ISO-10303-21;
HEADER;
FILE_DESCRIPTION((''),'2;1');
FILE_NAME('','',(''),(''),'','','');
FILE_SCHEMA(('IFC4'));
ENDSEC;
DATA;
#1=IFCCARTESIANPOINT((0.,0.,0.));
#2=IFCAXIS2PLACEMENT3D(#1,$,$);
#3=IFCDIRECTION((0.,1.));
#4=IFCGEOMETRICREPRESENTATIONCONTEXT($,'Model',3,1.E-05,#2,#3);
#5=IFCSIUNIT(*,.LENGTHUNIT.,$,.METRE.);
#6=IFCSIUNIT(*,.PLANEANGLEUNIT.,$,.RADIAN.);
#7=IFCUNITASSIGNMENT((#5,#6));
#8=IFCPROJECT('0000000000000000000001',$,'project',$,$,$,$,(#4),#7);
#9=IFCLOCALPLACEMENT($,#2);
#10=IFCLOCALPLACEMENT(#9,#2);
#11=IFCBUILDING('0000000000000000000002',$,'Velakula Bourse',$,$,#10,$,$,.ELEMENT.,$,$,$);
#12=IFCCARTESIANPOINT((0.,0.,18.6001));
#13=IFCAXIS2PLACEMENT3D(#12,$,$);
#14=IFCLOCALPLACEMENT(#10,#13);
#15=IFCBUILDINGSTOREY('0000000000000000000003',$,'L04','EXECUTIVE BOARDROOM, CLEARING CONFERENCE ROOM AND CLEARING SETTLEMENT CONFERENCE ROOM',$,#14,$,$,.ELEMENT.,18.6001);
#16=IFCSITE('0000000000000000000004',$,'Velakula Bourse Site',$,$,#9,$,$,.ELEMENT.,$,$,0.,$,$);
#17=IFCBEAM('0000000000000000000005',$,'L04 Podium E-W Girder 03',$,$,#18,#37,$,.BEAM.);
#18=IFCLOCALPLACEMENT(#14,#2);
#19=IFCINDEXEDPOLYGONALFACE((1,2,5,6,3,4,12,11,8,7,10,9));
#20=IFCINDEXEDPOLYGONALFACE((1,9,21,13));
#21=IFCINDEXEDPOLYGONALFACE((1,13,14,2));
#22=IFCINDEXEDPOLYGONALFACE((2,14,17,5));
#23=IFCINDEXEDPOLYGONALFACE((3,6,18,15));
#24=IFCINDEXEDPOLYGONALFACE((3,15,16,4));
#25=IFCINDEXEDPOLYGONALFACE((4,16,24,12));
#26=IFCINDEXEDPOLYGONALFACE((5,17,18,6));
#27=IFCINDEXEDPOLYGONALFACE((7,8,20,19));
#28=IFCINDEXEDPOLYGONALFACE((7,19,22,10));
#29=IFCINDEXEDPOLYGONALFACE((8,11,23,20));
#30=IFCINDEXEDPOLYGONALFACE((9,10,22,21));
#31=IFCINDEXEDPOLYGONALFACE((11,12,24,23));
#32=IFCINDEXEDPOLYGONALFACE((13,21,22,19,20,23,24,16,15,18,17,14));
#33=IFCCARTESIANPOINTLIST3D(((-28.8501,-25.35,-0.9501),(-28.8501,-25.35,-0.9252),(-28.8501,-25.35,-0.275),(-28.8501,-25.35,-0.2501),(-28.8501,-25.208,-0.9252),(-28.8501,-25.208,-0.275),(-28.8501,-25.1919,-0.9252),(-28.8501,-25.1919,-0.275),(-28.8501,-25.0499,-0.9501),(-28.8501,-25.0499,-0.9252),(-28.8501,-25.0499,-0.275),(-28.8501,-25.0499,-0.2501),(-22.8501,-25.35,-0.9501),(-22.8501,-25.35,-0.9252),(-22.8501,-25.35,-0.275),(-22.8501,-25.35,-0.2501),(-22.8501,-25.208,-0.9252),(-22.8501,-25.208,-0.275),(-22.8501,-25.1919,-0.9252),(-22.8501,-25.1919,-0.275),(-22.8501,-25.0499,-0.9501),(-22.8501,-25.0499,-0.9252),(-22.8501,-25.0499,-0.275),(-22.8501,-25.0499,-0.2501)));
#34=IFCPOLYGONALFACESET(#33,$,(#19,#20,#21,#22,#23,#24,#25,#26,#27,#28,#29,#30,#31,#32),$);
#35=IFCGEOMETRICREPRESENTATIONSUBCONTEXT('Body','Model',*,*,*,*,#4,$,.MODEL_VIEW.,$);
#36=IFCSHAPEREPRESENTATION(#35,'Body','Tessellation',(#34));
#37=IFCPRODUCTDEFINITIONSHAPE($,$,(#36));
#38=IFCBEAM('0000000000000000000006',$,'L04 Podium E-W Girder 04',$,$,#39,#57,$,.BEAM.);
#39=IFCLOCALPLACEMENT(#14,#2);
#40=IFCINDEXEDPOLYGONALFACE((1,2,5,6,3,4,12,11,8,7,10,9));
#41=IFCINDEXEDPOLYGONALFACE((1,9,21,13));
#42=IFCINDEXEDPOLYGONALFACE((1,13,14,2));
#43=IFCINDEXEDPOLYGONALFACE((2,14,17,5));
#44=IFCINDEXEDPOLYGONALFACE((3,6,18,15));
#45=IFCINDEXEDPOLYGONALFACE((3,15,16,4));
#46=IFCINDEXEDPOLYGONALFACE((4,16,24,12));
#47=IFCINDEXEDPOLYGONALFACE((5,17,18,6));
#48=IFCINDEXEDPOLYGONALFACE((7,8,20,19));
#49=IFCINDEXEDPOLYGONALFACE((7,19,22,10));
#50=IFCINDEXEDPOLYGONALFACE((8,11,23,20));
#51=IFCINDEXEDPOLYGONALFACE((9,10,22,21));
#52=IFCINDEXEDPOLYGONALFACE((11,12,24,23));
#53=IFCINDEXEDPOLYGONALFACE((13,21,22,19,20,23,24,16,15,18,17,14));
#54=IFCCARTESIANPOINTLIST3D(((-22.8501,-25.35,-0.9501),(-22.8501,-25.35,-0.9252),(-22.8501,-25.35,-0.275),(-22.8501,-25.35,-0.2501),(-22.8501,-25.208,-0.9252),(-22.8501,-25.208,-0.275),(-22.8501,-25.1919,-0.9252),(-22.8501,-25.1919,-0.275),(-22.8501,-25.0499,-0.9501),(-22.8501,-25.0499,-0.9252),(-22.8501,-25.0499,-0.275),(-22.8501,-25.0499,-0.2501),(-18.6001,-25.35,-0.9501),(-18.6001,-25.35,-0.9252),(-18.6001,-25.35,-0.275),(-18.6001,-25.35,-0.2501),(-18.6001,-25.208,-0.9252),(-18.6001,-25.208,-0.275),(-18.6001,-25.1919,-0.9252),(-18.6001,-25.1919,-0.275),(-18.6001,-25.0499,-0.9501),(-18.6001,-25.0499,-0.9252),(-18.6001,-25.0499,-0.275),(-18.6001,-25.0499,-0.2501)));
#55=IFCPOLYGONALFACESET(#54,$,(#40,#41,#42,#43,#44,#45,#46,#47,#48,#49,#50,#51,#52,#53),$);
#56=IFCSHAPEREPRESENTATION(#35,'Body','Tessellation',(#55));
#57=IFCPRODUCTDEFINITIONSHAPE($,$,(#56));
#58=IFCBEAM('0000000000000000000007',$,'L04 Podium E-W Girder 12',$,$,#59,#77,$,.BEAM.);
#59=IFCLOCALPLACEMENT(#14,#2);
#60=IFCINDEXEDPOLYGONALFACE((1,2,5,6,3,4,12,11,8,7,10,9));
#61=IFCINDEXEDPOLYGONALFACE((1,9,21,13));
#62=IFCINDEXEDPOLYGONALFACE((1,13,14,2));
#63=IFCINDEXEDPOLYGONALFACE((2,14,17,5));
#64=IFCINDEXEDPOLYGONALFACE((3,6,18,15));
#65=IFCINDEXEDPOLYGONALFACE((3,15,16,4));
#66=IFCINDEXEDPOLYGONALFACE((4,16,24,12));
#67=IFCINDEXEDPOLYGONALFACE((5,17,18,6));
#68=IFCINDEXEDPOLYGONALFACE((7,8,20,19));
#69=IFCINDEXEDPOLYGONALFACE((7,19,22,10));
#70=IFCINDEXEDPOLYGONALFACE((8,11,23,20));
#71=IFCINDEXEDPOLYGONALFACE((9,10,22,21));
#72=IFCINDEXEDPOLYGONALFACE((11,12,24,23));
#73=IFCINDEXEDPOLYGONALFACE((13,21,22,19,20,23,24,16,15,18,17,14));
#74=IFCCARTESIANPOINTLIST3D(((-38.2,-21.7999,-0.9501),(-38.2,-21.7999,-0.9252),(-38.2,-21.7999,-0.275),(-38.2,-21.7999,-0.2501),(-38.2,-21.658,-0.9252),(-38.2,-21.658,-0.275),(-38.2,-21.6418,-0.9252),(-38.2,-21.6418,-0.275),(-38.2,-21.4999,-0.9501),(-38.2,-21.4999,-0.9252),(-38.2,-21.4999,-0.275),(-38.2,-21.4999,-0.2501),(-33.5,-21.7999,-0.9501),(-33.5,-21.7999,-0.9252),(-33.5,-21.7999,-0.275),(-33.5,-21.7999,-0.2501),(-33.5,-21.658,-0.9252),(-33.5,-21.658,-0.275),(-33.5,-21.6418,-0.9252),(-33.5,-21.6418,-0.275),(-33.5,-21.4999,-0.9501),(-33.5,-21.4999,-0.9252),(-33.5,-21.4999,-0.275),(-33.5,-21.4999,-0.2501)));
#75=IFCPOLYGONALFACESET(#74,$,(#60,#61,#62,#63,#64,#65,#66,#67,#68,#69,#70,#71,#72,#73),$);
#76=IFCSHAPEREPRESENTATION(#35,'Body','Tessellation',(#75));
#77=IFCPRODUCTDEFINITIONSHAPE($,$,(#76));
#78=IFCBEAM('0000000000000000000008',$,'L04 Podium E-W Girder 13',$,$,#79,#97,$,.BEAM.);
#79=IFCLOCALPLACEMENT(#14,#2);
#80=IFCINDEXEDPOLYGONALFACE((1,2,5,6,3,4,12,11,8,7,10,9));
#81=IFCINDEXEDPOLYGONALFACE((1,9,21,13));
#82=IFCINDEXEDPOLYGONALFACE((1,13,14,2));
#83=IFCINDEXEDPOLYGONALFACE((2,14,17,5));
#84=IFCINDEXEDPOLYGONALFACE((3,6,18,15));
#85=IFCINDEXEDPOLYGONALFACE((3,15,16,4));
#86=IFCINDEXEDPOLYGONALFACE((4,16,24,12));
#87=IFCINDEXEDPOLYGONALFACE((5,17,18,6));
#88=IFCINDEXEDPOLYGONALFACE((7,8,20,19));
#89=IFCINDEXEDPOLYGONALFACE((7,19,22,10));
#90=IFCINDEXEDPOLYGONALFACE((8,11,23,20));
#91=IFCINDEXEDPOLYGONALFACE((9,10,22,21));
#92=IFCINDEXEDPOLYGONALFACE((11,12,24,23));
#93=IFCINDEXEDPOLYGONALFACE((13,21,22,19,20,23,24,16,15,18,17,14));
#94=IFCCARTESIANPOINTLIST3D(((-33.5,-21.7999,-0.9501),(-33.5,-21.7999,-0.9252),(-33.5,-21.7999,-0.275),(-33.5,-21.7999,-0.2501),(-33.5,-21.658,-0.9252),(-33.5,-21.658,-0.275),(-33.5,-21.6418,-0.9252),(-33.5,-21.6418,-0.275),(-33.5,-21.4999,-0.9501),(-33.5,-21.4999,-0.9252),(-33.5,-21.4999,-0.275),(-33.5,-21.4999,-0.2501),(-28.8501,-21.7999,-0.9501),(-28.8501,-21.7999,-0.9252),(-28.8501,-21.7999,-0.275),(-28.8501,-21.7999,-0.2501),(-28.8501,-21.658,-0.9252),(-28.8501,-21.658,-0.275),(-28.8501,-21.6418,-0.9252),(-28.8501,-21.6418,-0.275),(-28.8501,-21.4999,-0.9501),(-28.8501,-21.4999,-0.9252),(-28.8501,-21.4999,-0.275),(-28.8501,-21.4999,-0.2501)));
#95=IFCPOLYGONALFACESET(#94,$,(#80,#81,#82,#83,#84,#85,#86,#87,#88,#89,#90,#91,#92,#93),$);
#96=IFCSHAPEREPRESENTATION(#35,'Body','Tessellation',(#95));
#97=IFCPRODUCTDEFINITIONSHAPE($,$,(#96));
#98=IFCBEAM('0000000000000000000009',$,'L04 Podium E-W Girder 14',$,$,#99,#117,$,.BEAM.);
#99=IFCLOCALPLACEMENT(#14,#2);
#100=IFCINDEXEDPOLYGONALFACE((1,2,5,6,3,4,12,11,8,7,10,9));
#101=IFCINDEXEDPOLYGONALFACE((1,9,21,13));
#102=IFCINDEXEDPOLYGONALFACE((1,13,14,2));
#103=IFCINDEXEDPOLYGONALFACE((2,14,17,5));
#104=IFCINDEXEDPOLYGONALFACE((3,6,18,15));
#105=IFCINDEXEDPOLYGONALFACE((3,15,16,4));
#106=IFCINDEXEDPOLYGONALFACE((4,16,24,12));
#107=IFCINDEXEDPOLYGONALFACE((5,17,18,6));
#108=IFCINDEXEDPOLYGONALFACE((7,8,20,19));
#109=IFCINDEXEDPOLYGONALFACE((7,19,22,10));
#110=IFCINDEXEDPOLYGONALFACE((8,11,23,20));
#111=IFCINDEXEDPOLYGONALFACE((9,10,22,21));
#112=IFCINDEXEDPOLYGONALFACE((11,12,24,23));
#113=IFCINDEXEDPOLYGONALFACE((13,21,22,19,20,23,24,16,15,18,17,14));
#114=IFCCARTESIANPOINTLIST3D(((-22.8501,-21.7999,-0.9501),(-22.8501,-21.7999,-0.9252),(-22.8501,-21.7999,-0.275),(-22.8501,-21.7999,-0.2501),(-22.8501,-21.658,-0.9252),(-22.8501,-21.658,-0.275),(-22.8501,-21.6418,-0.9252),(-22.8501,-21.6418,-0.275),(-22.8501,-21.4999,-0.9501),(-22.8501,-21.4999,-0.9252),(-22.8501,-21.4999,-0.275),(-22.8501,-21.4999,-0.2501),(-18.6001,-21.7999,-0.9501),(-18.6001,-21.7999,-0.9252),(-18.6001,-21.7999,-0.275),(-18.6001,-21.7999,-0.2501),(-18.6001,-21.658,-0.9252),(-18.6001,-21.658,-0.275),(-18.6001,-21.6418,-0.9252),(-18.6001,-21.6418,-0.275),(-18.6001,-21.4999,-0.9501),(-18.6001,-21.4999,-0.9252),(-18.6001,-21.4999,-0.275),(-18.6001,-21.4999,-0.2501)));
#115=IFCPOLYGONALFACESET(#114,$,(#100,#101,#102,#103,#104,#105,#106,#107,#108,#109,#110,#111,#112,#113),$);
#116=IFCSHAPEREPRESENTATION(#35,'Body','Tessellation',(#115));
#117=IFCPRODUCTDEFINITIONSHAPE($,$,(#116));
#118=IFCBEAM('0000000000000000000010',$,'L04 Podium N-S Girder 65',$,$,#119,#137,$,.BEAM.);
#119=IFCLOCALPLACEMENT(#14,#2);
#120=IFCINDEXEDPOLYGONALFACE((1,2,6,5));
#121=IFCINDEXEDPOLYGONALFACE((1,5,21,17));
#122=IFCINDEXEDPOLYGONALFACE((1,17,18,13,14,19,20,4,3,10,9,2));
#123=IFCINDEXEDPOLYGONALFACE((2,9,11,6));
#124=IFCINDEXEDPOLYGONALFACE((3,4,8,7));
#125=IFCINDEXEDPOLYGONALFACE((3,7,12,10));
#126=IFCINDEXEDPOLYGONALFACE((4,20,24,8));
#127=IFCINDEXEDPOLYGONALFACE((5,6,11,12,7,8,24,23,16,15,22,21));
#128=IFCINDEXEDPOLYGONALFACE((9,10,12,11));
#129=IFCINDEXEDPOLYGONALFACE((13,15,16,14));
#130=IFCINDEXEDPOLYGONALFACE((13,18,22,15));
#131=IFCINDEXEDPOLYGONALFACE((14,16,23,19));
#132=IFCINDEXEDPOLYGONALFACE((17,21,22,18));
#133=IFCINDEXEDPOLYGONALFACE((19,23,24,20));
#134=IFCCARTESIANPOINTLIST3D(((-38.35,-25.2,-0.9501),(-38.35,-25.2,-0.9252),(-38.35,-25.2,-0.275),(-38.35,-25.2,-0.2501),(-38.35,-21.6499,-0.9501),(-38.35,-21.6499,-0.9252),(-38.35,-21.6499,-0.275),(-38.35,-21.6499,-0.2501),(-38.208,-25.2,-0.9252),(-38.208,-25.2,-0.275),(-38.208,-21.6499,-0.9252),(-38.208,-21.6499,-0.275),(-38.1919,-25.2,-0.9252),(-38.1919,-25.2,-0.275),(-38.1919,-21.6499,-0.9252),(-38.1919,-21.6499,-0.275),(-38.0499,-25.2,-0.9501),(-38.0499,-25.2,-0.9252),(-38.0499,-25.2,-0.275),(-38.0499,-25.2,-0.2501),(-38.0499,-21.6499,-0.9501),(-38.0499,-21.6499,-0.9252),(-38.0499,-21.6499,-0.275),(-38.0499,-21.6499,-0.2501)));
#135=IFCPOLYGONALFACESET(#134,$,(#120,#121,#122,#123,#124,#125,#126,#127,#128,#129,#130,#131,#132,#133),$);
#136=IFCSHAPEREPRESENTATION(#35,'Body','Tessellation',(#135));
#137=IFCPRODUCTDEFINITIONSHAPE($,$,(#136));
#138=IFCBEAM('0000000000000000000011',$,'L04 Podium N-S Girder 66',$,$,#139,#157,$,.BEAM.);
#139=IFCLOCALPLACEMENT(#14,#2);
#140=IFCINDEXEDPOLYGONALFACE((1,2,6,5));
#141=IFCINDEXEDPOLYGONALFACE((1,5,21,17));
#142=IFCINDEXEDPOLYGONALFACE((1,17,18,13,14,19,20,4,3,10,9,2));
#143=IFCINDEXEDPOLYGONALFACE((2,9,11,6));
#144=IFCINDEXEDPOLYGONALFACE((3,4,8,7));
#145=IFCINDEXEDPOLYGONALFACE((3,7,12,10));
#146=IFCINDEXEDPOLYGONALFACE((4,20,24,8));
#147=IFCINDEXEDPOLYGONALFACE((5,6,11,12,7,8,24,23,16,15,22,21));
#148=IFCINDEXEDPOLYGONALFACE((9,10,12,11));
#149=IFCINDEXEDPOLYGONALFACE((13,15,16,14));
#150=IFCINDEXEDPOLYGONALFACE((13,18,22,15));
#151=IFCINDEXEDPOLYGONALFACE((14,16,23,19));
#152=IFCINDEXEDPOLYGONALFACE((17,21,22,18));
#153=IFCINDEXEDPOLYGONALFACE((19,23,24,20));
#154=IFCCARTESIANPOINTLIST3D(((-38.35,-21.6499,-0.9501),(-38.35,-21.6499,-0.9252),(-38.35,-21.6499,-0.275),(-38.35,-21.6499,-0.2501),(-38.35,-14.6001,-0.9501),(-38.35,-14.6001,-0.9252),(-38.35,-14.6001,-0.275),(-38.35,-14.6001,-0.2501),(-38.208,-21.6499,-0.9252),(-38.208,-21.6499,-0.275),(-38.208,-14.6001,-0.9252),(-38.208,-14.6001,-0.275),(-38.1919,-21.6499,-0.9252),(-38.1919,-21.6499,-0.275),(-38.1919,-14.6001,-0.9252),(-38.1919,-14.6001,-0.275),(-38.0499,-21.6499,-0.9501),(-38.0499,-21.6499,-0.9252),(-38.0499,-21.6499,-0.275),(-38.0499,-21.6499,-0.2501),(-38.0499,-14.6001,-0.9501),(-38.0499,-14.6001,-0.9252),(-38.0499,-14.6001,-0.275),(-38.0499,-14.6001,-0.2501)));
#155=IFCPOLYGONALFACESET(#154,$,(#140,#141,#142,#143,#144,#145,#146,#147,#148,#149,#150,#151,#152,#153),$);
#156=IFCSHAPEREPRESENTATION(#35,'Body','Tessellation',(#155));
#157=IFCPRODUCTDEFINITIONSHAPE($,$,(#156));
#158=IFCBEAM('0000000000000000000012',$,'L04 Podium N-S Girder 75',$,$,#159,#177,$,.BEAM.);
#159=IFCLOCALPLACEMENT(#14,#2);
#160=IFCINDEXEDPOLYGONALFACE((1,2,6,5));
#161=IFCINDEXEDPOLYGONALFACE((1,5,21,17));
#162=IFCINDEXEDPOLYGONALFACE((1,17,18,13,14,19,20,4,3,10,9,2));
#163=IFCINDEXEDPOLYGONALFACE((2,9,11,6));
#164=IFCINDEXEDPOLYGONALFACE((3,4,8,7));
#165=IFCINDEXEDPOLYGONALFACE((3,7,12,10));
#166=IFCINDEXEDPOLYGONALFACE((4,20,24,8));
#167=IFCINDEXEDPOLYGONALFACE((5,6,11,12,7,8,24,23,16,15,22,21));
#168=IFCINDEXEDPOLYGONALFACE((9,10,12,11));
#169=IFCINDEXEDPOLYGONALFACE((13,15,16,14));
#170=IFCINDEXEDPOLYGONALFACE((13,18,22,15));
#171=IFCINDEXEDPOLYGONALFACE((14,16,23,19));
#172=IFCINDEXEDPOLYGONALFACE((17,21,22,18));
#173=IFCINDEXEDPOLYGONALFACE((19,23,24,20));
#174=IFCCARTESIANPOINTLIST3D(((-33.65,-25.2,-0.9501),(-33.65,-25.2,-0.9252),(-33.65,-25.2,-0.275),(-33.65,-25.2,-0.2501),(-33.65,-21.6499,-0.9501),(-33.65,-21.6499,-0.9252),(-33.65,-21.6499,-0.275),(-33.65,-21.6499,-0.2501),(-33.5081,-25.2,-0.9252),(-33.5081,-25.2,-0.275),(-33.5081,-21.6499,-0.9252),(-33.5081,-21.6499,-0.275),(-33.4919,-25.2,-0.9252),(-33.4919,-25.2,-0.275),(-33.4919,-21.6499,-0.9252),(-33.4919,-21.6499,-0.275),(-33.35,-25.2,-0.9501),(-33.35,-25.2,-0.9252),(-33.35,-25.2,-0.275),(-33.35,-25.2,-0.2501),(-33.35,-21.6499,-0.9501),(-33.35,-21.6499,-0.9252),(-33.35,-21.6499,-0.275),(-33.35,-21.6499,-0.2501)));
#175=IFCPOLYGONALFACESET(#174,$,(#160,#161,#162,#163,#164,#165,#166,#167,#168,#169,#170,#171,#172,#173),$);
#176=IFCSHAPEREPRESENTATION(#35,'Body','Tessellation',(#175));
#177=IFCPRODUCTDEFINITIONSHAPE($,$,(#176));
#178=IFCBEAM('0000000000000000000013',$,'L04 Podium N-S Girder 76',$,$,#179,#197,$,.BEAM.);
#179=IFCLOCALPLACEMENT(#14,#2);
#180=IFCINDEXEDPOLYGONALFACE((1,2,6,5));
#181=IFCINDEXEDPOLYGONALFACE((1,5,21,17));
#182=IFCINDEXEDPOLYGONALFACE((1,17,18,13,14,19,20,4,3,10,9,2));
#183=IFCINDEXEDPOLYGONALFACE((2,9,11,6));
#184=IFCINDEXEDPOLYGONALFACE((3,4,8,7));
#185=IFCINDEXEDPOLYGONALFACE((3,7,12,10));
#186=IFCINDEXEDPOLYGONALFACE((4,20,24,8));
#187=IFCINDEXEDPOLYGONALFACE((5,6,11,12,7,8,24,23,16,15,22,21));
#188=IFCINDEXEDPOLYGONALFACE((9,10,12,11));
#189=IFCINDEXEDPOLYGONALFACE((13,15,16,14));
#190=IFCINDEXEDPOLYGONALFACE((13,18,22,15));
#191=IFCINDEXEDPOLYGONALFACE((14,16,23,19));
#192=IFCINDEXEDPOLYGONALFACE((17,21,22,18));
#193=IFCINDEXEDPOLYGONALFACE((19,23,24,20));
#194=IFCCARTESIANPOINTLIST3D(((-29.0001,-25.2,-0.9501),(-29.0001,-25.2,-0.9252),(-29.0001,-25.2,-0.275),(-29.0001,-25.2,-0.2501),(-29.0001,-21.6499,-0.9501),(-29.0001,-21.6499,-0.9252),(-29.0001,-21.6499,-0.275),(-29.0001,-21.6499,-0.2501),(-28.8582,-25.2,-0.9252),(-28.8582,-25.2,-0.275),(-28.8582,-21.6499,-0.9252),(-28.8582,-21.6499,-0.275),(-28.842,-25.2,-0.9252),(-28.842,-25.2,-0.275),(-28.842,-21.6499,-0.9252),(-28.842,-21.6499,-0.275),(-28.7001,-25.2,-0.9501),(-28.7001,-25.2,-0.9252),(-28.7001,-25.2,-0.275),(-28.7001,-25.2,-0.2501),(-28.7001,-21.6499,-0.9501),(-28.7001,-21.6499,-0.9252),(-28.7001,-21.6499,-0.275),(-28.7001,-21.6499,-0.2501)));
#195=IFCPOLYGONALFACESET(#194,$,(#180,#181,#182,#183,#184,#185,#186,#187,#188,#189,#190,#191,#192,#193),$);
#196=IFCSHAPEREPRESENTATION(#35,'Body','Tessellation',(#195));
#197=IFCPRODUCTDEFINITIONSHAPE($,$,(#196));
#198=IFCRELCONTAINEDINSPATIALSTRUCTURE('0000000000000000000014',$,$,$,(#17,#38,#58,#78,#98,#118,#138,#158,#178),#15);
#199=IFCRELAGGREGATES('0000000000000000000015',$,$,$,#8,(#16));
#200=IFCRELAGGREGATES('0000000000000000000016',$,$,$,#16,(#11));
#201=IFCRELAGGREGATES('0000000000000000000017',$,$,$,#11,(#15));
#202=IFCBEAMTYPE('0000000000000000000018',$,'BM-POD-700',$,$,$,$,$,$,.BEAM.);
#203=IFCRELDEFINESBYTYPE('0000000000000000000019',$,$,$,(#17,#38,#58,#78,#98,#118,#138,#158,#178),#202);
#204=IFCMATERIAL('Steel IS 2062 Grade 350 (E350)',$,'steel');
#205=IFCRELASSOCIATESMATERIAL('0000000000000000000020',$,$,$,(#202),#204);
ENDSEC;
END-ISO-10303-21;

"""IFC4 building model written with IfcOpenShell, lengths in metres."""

from ifc_helpers import new_model, si_unit, direction, frame, origin, origin_2d, place, context, subcontext, project, spatial, i_section, extrude, material, material_profile, profile_set, type_object, element, save


model = new_model("IFC4")

# Units and contexts
model_context = context("Model", 3, precision=1e-05, world=origin(), true_north=direction((0.0, 1.0)))
body_context = subcontext(model_context, "Body", "Model", "MODEL_VIEW")
ifc_project = project(units=[si_unit("LENGTHUNIT", "METRE"), si_unit("PLANEANGLEUNIT", "RADIAN")], contexts=[model_context])

# Site, building, storey
site_placement = place(None, origin())
site = spatial("IfcSite", under=ifc_project, at=site_placement, Name="Velakula Bourse Site", CompositionType="ELEMENT", RefElevation=0.0)
building_placement = place(site_placement, origin())
building = spatial("IfcBuilding", under=site, at=building_placement, Name="Velakula Bourse", CompositionType="ELEMENT")
storey_placement = place(building_placement, frame((0.0, 0.0, 18.6001)))
storey = spatial("IfcBuildingStorey", under=building, at=storey_placement, Name="L04", Description="EXECUTIVE BOARDROOM, CLEARING CONFERENCE ROOM AND CLEARING SETTLEMENT CONFERENCE ROOM", CompositionType="ELEMENT", Elevation=18.6001)

# Beams
ifc_material_1 = material(Name="Steel IS 2062 Grade 350 (E350)", Category="steel")
ifc_material_profile_1 = material_profile(ifc_material_1, i_section(OverallWidth=0.3, OverallDepth=0.7, WebThickness=0.0161, FlangeThickness=0.0249, at=origin_2d()), Name="Steel IS 2062 Grade 350 (E350)")
ifc_profile_set_1 = profile_set([ifc_material_profile_1], Name="Steel IS 2062 Grade 350 (E350)")
beam_type_1 = type_object("IfcBeamType", Name="BM-POD-700", PredefinedType="BEAM", material=ifc_profile_set_1)
beam_1_placement = place(storey_placement, frame((-28.8501, -25.2, -0.6001), z_axis=(1.0, 0.0, 0.0), x_axis=(0.0, 1.0, 0.0)))
element("IfcBeam", 1, at=beam_1_placement, inside=storey, type_object=beam_type_1, Name="L04 Podium E-W Girder 03", PredefinedType="BEAM", context=body_context, shape_type="SweptSolid", body=[
    extrude(i_section(OverallWidth=0.3, OverallDepth=0.7, WebThickness=0.0161, FlangeThickness=0.0249, at=origin_2d()), origin(), (0.0, 0.0, 1.0), 6.0),
])
beam_2_placement = place(storey_placement, frame((-22.8501, -25.2, -0.6001), z_axis=(1.0, 0.0, 0.0), x_axis=(0.0, 1.0, 0.0)))
element("IfcBeam", 2, at=beam_2_placement, inside=storey, type_object=beam_type_1, Name="L04 Podium E-W Girder 04", PredefinedType="BEAM", context=body_context, shape_type="SweptSolid", body=[
    extrude(i_section(OverallWidth=0.3, OverallDepth=0.7, WebThickness=0.0161, FlangeThickness=0.0249, at=origin_2d()), origin(), (0.0, 0.0, 1.0), 4.25),
])
beam_3_placement = place(storey_placement, frame((-38.2, -21.6499, -0.6001), z_axis=(1.0, 0.0, 0.0), x_axis=(0.0, 1.0, 0.0)))
element("IfcBeam", 3, at=beam_3_placement, inside=storey, type_object=beam_type_1, Name="L04 Podium E-W Girder 12", PredefinedType="BEAM", context=body_context, shape_type="SweptSolid", body=[
    extrude(i_section(OverallWidth=0.3, OverallDepth=0.7, WebThickness=0.0161, FlangeThickness=0.0249, at=origin_2d()), origin(), (0.0, 0.0, 1.0), 4.7),
])
beam_4_placement = place(storey_placement, frame((-33.5, -21.6499, -0.6001), z_axis=(1.0, 0.0, 0.0), x_axis=(0.0, 1.0, 0.0)))
element("IfcBeam", 4, at=beam_4_placement, inside=storey, type_object=beam_type_1, Name="L04 Podium E-W Girder 13", PredefinedType="BEAM", context=body_context, shape_type="SweptSolid", body=[
    extrude(i_section(OverallWidth=0.3, OverallDepth=0.7, WebThickness=0.0161, FlangeThickness=0.0249, at=origin_2d()), origin(), (0.0, 0.0, 1.0), 4.6499),
])
beam_5_placement = place(storey_placement, frame((-22.8501, -21.6499, -0.6001), z_axis=(1.0, 0.0, 0.0), x_axis=(0.0, 1.0, 0.0)))
element("IfcBeam", 5, at=beam_5_placement, inside=storey, type_object=beam_type_1, Name="L04 Podium E-W Girder 14", PredefinedType="BEAM", context=body_context, shape_type="SweptSolid", body=[
    extrude(i_section(OverallWidth=0.3, OverallDepth=0.7, WebThickness=0.0161, FlangeThickness=0.0249, at=origin_2d()), origin(), (0.0, 0.0, 1.0), 4.25),
])
beam_6_placement = place(storey_placement, frame((-38.2, -25.2, -0.6001), z_axis=(0.0, 1.0, 0.0), x_axis=(-1.0, 0.0, 0.0)))
element("IfcBeam", 6, at=beam_6_placement, inside=storey, type_object=beam_type_1, Name="L04 Podium N-S Girder 65", PredefinedType="BEAM", context=body_context, shape_type="SweptSolid", body=[
    extrude(i_section(OverallWidth=0.3, OverallDepth=0.7, WebThickness=0.0161, FlangeThickness=0.0249, at=origin_2d()), origin(), (0.0, 0.0, 1.0), 3.55),
])
beam_7_placement = place(storey_placement, frame((-38.2, -21.6499, -0.6001), z_axis=(0.0, 1.0, 0.0), x_axis=(-1.0, 0.0, 0.0)))
element("IfcBeam", 7, at=beam_7_placement, inside=storey, type_object=beam_type_1, Name="L04 Podium N-S Girder 66", PredefinedType="BEAM", context=body_context, shape_type="SweptSolid", body=[
    extrude(i_section(OverallWidth=0.3, OverallDepth=0.7, WebThickness=0.0161, FlangeThickness=0.0249, at=origin_2d()), origin(), (0.0, 0.0, 1.0), 7.0498),
])
for number, where, z_axis, x_axis, name in (
    (8, (-33.5, -25.2, -0.6001), (0.0, 1.0, 0.0), (-1.0, 0.0, 0.0), "L04 Podium N-S Girder 75"),
    (9, (-28.8501, -25.2, -0.6001), (0.0, 1.0, 0.0), (-1.0, 0.0, 0.0), "L04 Podium N-S Girder 76"),
):
    element("IfcBeam", number, at=place(storey_placement, frame(where, z_axis=z_axis, x_axis=x_axis)), inside=storey, type_object=beam_type_1, Name=name, PredefinedType="BEAM", context=body_context, shape_type="SweptSolid", body=[
        extrude(i_section(OverallWidth=0.3, OverallDepth=0.7, WebThickness=0.0161, FlangeThickness=0.0249, at=origin_2d()), origin(), (0.0, 0.0, 1.0), 3.55),
    ])

save(model, "model.ifc")
